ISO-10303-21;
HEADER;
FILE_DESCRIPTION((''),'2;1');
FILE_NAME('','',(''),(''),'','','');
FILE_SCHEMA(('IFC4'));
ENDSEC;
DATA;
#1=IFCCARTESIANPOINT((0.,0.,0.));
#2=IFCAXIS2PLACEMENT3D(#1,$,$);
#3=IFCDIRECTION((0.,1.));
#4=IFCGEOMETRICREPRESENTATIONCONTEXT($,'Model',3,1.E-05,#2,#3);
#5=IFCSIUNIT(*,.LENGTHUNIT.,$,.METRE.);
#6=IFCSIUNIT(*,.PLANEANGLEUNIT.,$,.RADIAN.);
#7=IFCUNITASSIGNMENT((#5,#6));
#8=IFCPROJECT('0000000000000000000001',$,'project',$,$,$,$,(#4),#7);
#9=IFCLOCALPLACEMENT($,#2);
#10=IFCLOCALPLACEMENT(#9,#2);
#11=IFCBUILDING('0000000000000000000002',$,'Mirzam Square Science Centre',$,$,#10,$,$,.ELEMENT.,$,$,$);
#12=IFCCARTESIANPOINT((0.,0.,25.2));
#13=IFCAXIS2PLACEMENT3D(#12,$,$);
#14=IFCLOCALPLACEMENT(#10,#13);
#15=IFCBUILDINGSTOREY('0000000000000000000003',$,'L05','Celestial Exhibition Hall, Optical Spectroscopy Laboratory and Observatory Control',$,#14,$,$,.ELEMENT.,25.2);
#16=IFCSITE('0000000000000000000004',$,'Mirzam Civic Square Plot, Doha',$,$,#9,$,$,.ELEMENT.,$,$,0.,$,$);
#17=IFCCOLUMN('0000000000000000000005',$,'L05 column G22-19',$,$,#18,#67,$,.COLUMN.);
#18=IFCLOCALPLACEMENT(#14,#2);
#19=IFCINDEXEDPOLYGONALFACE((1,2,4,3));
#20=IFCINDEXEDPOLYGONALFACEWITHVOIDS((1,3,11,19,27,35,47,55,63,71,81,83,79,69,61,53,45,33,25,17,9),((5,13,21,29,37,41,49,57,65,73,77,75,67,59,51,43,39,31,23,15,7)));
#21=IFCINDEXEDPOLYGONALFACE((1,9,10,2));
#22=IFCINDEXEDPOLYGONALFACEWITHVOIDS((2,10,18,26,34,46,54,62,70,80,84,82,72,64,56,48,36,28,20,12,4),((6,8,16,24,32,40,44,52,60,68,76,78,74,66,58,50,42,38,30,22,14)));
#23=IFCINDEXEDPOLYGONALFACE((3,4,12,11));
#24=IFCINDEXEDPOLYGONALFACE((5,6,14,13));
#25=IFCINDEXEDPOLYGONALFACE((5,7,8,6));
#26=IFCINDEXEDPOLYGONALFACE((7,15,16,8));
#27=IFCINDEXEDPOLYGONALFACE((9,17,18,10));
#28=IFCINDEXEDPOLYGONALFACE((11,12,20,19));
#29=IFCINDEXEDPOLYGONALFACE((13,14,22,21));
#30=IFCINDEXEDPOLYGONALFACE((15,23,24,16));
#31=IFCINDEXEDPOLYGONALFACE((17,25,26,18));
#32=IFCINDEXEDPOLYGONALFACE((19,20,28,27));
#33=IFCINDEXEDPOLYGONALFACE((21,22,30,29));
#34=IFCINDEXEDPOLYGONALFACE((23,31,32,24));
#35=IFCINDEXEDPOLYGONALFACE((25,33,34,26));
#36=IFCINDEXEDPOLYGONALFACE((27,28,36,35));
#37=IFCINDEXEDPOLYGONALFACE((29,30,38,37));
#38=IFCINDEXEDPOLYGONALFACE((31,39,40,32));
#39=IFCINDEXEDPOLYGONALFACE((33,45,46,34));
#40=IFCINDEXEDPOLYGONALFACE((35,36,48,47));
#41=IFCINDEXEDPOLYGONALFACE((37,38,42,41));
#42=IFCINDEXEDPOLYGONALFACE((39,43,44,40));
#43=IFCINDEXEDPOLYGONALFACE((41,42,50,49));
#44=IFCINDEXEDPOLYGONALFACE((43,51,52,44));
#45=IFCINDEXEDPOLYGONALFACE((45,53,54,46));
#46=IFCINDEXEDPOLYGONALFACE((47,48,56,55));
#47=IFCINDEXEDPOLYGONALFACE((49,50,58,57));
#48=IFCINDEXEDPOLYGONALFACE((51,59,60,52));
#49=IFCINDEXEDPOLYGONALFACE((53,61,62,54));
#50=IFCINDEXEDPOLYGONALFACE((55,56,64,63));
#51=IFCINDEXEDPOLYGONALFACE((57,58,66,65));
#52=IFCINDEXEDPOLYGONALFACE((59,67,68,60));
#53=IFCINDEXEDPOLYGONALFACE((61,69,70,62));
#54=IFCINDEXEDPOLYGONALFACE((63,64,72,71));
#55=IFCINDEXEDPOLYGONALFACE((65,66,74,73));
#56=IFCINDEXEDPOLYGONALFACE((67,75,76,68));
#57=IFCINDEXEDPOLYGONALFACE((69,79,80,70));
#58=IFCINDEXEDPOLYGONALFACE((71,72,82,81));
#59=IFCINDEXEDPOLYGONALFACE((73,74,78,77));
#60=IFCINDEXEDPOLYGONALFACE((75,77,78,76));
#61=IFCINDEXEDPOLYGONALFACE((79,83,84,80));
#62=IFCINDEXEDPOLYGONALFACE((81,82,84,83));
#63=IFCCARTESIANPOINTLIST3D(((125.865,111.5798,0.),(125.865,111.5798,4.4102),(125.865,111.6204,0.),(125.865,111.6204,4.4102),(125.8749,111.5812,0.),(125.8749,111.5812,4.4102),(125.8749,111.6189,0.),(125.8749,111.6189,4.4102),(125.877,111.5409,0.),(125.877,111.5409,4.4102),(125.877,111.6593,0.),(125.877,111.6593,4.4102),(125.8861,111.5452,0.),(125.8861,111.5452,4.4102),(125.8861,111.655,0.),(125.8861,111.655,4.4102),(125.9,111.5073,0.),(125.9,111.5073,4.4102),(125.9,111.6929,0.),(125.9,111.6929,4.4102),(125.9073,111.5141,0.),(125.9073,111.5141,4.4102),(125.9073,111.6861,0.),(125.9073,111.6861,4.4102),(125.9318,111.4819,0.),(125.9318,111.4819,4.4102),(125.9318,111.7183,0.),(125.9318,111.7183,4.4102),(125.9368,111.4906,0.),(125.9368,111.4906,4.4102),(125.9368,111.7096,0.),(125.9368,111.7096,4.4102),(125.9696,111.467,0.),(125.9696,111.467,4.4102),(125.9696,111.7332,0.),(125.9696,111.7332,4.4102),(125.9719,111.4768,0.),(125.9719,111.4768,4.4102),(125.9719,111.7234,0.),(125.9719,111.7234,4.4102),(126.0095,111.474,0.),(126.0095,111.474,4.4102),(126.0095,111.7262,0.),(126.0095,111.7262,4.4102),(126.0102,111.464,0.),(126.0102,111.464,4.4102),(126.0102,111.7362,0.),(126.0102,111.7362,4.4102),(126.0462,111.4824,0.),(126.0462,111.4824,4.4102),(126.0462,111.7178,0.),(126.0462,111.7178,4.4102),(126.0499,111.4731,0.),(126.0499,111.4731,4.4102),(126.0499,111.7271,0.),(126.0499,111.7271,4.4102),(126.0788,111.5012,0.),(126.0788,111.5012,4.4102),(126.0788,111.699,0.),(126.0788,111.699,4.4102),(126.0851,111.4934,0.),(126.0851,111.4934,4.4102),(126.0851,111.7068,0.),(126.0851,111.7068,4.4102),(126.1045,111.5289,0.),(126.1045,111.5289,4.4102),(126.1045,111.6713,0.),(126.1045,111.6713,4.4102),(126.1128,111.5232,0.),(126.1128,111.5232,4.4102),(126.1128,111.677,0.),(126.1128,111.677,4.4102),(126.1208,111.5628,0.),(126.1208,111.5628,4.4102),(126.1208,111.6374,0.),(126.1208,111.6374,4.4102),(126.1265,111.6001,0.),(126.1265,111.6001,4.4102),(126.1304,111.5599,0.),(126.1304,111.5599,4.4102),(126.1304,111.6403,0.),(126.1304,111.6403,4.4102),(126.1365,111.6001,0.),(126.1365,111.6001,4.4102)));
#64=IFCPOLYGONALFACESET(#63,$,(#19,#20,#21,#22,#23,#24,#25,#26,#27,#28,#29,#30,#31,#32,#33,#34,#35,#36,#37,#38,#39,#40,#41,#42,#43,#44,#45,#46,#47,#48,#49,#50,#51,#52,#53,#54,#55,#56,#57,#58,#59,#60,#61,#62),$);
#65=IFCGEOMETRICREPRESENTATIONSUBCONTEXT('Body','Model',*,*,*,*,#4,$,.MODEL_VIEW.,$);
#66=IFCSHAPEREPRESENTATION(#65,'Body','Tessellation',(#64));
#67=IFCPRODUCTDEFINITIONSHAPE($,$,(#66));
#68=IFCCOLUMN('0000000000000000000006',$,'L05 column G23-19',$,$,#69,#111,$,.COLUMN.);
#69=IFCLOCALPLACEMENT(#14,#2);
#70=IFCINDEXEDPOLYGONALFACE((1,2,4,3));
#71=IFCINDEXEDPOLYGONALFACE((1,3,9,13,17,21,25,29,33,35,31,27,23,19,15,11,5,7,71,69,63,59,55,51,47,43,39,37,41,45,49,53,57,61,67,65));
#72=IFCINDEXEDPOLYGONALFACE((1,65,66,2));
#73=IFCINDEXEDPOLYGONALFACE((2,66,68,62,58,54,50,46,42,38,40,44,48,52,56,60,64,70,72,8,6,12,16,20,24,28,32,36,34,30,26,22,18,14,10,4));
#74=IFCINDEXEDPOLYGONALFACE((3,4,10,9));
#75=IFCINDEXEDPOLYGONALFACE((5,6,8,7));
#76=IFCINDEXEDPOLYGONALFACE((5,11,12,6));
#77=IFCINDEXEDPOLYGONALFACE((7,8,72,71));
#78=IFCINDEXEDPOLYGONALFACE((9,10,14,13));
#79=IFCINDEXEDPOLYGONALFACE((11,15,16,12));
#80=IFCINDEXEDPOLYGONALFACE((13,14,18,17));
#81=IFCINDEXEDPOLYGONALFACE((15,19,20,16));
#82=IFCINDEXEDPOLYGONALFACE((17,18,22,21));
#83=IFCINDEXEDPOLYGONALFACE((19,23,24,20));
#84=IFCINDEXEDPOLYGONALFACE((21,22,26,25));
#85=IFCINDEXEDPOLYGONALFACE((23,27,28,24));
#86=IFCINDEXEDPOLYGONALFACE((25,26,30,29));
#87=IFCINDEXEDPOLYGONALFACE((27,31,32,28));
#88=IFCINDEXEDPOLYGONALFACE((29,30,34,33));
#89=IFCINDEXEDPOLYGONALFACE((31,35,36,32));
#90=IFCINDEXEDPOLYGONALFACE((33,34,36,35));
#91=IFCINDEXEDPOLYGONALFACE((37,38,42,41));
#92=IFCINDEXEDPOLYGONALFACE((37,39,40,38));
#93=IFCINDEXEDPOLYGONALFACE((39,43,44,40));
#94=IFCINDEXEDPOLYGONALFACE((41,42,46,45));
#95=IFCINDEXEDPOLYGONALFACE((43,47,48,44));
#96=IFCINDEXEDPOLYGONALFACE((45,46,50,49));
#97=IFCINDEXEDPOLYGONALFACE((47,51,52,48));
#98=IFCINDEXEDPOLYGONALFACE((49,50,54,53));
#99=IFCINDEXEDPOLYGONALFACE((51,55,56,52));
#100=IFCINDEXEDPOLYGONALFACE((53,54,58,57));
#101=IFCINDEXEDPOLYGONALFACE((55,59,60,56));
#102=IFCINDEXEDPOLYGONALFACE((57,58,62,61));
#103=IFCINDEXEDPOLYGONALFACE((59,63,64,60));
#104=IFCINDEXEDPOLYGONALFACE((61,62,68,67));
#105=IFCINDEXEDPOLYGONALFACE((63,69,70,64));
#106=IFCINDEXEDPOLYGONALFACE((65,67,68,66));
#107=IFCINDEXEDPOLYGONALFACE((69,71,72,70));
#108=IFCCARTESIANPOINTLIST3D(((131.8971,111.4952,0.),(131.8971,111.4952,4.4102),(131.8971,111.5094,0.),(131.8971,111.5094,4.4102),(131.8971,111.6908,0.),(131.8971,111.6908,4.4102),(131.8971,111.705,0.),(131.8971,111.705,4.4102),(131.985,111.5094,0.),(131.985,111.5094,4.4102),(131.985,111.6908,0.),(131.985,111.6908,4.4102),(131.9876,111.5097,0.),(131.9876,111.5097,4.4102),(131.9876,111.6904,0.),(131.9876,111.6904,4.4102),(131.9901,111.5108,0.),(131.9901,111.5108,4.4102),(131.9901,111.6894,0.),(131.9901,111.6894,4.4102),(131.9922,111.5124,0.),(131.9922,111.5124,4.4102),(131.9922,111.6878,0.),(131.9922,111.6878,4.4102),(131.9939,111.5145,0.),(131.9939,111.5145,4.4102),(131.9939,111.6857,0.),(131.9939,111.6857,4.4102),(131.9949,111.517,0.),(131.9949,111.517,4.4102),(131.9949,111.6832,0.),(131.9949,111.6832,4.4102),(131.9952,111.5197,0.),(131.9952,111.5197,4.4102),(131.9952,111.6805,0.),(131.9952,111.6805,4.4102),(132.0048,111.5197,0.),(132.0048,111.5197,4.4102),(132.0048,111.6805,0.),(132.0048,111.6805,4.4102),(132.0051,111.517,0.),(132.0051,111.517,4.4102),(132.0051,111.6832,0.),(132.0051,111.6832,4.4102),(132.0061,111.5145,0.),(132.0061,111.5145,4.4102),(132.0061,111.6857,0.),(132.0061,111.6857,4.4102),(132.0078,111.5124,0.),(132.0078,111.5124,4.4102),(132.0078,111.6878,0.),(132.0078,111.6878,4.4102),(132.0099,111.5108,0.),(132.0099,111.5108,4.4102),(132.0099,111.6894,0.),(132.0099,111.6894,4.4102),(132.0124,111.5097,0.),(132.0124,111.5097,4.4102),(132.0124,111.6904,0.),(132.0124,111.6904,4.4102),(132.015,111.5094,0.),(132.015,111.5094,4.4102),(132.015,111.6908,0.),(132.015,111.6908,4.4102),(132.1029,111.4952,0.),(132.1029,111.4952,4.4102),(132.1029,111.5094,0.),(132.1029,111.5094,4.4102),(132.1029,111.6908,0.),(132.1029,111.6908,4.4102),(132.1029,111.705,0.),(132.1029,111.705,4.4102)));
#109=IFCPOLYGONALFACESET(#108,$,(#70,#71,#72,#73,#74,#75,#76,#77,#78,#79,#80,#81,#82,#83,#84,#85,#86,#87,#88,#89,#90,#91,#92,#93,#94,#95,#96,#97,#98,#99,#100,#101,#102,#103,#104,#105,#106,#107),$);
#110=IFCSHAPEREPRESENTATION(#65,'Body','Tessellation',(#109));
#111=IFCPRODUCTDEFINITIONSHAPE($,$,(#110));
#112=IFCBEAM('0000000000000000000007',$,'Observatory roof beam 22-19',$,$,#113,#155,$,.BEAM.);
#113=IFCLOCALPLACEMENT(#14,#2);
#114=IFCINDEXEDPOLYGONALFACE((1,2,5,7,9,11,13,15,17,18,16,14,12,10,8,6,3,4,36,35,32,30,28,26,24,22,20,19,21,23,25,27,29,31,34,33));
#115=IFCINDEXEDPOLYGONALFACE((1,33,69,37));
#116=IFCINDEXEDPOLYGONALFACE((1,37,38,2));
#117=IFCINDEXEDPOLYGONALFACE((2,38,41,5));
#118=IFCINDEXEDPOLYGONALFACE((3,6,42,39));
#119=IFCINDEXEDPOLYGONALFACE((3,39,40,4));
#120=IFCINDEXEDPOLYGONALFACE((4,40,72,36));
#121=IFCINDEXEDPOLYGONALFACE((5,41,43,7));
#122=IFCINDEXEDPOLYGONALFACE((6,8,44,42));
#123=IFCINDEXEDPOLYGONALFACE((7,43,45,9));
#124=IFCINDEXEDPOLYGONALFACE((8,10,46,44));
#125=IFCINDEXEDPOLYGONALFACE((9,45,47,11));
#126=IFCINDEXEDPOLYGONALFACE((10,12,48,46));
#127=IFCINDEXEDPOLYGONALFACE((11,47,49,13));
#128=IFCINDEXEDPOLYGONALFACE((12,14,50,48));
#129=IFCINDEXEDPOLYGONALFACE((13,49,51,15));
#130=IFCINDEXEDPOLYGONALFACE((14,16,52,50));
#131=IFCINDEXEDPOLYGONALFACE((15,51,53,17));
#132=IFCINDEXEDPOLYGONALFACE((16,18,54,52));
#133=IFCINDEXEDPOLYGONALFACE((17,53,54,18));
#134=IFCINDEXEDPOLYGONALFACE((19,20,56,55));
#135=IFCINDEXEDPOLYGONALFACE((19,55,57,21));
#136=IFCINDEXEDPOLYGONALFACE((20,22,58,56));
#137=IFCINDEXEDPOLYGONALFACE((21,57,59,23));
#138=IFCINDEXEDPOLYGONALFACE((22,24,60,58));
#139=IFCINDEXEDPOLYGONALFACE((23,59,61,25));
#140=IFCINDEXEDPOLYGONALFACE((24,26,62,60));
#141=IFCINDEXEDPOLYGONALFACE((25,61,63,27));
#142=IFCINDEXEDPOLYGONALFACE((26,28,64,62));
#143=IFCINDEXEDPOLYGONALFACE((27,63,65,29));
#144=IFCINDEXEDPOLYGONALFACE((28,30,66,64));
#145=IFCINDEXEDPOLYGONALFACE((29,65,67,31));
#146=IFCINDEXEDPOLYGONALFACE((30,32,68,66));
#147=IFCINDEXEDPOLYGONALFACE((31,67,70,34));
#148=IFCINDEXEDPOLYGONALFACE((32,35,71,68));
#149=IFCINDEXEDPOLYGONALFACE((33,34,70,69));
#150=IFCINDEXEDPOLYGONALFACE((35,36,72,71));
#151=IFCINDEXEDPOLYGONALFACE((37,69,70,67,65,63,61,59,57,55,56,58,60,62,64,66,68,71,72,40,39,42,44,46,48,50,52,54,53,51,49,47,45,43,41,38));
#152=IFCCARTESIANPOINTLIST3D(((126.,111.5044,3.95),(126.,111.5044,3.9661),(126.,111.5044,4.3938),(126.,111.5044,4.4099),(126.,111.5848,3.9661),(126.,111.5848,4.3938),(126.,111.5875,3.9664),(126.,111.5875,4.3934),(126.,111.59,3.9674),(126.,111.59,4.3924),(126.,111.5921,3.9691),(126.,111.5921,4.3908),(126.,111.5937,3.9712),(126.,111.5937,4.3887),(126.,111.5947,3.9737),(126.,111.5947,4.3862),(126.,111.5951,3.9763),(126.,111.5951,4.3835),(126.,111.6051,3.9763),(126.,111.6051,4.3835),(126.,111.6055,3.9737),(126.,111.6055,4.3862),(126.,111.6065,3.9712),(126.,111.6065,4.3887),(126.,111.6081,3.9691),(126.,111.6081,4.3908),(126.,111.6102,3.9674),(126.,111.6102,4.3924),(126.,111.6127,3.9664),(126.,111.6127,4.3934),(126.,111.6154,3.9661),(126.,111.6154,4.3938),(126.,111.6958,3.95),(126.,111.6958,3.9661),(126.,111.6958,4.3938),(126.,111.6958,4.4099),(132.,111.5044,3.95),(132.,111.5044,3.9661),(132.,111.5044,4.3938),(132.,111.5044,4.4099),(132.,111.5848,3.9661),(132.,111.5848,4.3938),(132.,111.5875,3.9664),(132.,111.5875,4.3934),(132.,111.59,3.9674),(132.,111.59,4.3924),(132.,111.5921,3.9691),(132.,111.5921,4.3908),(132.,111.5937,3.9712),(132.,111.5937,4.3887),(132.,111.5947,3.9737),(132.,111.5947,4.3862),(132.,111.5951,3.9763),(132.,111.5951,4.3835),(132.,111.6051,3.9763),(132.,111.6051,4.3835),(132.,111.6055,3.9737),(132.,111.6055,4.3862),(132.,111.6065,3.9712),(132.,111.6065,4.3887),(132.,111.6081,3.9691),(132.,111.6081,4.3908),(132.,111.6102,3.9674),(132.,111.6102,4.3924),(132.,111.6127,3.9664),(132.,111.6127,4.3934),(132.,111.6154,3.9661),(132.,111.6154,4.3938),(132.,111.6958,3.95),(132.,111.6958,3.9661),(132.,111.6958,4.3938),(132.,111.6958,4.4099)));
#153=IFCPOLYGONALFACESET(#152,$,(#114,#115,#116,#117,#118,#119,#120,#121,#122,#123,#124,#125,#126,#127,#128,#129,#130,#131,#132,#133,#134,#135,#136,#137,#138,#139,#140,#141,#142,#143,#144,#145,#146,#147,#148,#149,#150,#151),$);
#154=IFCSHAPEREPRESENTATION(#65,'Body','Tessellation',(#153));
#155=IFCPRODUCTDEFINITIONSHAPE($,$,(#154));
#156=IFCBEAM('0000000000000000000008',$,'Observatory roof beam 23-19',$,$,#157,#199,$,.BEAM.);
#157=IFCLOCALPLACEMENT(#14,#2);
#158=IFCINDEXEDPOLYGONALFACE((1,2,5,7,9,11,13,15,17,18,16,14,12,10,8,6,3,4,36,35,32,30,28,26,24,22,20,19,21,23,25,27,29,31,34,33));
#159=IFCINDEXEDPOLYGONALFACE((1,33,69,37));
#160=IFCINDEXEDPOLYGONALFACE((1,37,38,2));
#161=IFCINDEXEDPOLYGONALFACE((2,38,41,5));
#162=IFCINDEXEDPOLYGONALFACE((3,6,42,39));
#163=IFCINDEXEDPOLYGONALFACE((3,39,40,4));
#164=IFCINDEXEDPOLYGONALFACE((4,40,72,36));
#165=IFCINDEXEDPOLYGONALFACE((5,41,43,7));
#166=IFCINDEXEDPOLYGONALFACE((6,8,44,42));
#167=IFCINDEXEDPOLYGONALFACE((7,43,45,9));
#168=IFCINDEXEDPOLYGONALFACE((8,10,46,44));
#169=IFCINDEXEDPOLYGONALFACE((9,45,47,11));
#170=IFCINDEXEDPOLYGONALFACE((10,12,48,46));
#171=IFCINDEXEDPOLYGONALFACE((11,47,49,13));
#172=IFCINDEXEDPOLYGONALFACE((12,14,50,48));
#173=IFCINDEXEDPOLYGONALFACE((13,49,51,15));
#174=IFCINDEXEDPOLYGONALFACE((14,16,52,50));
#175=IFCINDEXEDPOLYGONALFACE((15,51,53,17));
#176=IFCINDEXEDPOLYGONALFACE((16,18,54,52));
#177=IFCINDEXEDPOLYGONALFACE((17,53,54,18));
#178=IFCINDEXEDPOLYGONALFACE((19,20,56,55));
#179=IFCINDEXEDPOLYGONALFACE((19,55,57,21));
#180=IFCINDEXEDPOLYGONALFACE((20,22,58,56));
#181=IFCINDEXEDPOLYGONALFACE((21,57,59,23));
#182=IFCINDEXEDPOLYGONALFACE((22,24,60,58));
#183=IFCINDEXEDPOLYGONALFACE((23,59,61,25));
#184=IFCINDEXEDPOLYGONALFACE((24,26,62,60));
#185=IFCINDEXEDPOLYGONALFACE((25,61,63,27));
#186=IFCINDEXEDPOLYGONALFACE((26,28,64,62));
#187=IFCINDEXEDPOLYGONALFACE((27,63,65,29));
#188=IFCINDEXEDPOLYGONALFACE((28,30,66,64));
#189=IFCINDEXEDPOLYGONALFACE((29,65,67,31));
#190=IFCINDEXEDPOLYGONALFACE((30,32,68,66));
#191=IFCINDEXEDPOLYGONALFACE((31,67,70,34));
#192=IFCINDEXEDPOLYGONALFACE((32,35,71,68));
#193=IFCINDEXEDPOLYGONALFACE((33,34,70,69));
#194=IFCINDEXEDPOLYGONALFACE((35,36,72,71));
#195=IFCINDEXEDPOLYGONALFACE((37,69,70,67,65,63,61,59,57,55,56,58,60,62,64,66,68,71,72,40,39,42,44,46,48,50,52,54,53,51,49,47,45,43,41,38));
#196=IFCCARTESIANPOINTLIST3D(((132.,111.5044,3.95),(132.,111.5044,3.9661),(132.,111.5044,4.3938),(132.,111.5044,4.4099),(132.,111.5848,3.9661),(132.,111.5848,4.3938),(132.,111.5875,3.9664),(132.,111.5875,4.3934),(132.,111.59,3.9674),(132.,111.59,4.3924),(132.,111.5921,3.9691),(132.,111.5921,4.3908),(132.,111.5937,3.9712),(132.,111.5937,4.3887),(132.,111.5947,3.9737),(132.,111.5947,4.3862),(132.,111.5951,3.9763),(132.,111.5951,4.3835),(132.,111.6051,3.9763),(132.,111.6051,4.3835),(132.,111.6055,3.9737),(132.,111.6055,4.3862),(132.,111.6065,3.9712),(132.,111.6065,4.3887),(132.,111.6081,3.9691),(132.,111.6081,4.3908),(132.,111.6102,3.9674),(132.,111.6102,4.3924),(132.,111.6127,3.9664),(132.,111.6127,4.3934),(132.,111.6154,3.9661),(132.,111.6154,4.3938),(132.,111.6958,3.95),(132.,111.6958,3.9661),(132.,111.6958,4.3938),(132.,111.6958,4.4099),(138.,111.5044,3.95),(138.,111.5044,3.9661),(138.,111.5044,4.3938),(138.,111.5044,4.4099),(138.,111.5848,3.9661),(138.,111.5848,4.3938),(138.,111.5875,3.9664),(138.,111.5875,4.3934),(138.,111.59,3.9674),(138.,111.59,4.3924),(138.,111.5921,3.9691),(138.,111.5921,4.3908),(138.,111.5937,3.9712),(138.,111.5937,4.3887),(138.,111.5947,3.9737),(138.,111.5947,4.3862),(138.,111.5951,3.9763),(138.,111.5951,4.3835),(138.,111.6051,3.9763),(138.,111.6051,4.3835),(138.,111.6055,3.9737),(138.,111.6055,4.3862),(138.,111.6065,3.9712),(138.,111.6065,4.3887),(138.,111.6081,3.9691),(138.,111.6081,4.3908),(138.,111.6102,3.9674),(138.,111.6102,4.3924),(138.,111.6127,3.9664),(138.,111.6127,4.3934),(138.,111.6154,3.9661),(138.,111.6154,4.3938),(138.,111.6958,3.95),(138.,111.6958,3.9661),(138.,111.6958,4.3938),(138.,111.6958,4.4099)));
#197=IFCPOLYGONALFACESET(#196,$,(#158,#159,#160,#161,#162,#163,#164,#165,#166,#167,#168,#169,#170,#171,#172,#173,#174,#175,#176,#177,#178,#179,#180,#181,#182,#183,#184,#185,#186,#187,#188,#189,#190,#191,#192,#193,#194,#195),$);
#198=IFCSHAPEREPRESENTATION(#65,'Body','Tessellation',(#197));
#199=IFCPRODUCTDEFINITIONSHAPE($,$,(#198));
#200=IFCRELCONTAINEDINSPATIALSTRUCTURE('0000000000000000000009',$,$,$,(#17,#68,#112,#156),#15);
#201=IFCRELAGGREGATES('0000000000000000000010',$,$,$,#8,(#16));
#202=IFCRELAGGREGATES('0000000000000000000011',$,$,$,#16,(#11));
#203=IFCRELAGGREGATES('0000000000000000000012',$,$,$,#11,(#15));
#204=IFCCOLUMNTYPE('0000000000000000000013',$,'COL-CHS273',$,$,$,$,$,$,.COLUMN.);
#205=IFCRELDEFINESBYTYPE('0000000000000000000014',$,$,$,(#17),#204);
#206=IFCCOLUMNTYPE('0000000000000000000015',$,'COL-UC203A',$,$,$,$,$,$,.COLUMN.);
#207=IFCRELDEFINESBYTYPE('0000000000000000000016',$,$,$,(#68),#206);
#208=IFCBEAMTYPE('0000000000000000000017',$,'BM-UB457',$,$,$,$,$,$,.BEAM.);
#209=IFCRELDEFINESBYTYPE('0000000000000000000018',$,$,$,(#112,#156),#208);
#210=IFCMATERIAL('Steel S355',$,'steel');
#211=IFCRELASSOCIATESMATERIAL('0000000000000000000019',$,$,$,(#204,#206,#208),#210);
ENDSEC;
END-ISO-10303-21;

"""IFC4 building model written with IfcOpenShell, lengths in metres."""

from ifc_helpers import new_model, si_unit, direction, frame, origin, origin_2d, place, context, subcontext, project, spatial, hollow_circle, i_section, extrude, material, material_profile, profile_set, type_object, element, save


model = new_model("IFC4")

# Units and contexts
model_context = context("Model", 3, precision=1e-05, world=origin(), true_north=direction((0.0, 1.0)))
body_context = subcontext(model_context, "Body", "Model", "MODEL_VIEW")
ifc_project = project(units=[si_unit("LENGTHUNIT", "METRE"), si_unit("PLANEANGLEUNIT", "RADIAN")], contexts=[model_context])

# Site, building, storey
site_placement = place(None, origin())
site = spatial("IfcSite", under=ifc_project, at=site_placement, Name="Mirzam Civic Square Plot, Doha", CompositionType="ELEMENT", RefElevation=0.0)
building_placement = place(site_placement, origin())
building = spatial("IfcBuilding", under=site, at=building_placement, Name="Mirzam Square Science Centre", CompositionType="ELEMENT")
storey_placement = place(building_placement, frame((0.0, 0.0, 25.2)))
storey = spatial("IfcBuildingStorey", under=building, at=storey_placement, Name="L05", Description="Celestial Exhibition Hall, Optical Spectroscopy Laboratory and Observatory Control", CompositionType="ELEMENT", Elevation=25.2)

# Columns
ifc_material_1 = material(Name="Steel S355", Category="steel")
ifc_material_profile_1 = material_profile(ifc_material_1, hollow_circle(Radius=0.1365, WallThickness=0.01, at=origin_2d()), Name="273.0x10.0CHS")
ifc_profile_set_1 = profile_set([ifc_material_profile_1], Name="Steel S355")
column_type_1 = type_object("IfcColumnType", Name="COL-CHS273", PredefinedType="COLUMN", material=ifc_profile_set_1)
column_1_placement = place(storey_placement, frame((126.0, 111.6001, 0.0), z_axis=(0.0, 0.0, 1.0), x_axis=(1.0, 0.0, 0.0)))
element("IfcColumn", 1, at=column_1_placement, inside=storey, type_object=column_type_1, Name="L05 column G22-19", PredefinedType="COLUMN", context=body_context, shape_type="SweptSolid", body=[
    extrude(hollow_circle(Radius=0.1365, WallThickness=0.01, at=origin_2d()), origin(), (0.0, 0.0, 1.0), 4.4102),
])
ifc_material_profile_2 = material_profile(ifc_material_1, i_section(OverallWidth=0.2058, OverallDepth=0.2097, WebThickness=0.0095, FlangeThickness=0.0142, FilletRadius=0.0103, at=origin_2d()), Name="203x203x60UC")
ifc_profile_set_2 = profile_set([ifc_material_profile_2], Name="Steel S355")
column_type_2 = type_object("IfcColumnType", Name="COL-UC203A", PredefinedType="COLUMN", material=ifc_profile_set_2)
column_2_placement = place(storey_placement, frame((132.0, 111.6001, 0.0), z_axis=(0.0, 0.0, 1.0), x_axis=(1.0, 0.0, 0.0)))
element("IfcColumn", 2, at=column_2_placement, inside=storey, type_object=column_type_2, Name="L05 column G23-19", PredefinedType="COLUMN", context=body_context, shape_type="SweptSolid", body=[
    extrude(i_section(OverallWidth=0.2058, OverallDepth=0.2097, WebThickness=0.0095, FlangeThickness=0.0142, FilletRadius=0.0103, at=origin_2d()), origin(), (0.0, 0.0, 1.0), 4.4102),
])

# Beams
ifc_material_profile_3 = material_profile(ifc_material_1, i_section(OverallWidth=0.1914, OverallDepth=0.46, WebThickness=0.01, FlangeThickness=0.0161, FilletRadius=0.0103, at=origin_2d()), Name="457x191x82UB")
ifc_profile_set_3 = profile_set([ifc_material_profile_3], Name="Steel S355")
beam_type_1 = type_object("IfcBeamType", Name="BM-UB457", PredefinedType="BEAM", material=ifc_profile_set_3)
for number, where, z_axis, x_axis, name in (
    (3, (126.0, 111.6001, 4.1799), (1.0, 0.0, 0.0), (0.0, 1.0, 0.0), "Observatory roof beam 22-19"),
    (4, (132.0, 111.6001, 4.1799), (1.0, 0.0, 0.0), (0.0, 1.0, 0.0), "Observatory roof beam 23-19"),
):
    element("IfcBeam", number, at=place(storey_placement, frame(where, z_axis=z_axis, x_axis=x_axis)), inside=storey, type_object=beam_type_1, Name=name, PredefinedType="BEAM", context=body_context, shape_type="SweptSolid", body=[
        extrude(i_section(OverallWidth=0.1914, OverallDepth=0.46, WebThickness=0.01, FlangeThickness=0.0161, FilletRadius=0.0103, at=origin_2d()), origin(), (0.0, 0.0, 1.0), 6.0),
    ])

save(model, "model.ifc")
